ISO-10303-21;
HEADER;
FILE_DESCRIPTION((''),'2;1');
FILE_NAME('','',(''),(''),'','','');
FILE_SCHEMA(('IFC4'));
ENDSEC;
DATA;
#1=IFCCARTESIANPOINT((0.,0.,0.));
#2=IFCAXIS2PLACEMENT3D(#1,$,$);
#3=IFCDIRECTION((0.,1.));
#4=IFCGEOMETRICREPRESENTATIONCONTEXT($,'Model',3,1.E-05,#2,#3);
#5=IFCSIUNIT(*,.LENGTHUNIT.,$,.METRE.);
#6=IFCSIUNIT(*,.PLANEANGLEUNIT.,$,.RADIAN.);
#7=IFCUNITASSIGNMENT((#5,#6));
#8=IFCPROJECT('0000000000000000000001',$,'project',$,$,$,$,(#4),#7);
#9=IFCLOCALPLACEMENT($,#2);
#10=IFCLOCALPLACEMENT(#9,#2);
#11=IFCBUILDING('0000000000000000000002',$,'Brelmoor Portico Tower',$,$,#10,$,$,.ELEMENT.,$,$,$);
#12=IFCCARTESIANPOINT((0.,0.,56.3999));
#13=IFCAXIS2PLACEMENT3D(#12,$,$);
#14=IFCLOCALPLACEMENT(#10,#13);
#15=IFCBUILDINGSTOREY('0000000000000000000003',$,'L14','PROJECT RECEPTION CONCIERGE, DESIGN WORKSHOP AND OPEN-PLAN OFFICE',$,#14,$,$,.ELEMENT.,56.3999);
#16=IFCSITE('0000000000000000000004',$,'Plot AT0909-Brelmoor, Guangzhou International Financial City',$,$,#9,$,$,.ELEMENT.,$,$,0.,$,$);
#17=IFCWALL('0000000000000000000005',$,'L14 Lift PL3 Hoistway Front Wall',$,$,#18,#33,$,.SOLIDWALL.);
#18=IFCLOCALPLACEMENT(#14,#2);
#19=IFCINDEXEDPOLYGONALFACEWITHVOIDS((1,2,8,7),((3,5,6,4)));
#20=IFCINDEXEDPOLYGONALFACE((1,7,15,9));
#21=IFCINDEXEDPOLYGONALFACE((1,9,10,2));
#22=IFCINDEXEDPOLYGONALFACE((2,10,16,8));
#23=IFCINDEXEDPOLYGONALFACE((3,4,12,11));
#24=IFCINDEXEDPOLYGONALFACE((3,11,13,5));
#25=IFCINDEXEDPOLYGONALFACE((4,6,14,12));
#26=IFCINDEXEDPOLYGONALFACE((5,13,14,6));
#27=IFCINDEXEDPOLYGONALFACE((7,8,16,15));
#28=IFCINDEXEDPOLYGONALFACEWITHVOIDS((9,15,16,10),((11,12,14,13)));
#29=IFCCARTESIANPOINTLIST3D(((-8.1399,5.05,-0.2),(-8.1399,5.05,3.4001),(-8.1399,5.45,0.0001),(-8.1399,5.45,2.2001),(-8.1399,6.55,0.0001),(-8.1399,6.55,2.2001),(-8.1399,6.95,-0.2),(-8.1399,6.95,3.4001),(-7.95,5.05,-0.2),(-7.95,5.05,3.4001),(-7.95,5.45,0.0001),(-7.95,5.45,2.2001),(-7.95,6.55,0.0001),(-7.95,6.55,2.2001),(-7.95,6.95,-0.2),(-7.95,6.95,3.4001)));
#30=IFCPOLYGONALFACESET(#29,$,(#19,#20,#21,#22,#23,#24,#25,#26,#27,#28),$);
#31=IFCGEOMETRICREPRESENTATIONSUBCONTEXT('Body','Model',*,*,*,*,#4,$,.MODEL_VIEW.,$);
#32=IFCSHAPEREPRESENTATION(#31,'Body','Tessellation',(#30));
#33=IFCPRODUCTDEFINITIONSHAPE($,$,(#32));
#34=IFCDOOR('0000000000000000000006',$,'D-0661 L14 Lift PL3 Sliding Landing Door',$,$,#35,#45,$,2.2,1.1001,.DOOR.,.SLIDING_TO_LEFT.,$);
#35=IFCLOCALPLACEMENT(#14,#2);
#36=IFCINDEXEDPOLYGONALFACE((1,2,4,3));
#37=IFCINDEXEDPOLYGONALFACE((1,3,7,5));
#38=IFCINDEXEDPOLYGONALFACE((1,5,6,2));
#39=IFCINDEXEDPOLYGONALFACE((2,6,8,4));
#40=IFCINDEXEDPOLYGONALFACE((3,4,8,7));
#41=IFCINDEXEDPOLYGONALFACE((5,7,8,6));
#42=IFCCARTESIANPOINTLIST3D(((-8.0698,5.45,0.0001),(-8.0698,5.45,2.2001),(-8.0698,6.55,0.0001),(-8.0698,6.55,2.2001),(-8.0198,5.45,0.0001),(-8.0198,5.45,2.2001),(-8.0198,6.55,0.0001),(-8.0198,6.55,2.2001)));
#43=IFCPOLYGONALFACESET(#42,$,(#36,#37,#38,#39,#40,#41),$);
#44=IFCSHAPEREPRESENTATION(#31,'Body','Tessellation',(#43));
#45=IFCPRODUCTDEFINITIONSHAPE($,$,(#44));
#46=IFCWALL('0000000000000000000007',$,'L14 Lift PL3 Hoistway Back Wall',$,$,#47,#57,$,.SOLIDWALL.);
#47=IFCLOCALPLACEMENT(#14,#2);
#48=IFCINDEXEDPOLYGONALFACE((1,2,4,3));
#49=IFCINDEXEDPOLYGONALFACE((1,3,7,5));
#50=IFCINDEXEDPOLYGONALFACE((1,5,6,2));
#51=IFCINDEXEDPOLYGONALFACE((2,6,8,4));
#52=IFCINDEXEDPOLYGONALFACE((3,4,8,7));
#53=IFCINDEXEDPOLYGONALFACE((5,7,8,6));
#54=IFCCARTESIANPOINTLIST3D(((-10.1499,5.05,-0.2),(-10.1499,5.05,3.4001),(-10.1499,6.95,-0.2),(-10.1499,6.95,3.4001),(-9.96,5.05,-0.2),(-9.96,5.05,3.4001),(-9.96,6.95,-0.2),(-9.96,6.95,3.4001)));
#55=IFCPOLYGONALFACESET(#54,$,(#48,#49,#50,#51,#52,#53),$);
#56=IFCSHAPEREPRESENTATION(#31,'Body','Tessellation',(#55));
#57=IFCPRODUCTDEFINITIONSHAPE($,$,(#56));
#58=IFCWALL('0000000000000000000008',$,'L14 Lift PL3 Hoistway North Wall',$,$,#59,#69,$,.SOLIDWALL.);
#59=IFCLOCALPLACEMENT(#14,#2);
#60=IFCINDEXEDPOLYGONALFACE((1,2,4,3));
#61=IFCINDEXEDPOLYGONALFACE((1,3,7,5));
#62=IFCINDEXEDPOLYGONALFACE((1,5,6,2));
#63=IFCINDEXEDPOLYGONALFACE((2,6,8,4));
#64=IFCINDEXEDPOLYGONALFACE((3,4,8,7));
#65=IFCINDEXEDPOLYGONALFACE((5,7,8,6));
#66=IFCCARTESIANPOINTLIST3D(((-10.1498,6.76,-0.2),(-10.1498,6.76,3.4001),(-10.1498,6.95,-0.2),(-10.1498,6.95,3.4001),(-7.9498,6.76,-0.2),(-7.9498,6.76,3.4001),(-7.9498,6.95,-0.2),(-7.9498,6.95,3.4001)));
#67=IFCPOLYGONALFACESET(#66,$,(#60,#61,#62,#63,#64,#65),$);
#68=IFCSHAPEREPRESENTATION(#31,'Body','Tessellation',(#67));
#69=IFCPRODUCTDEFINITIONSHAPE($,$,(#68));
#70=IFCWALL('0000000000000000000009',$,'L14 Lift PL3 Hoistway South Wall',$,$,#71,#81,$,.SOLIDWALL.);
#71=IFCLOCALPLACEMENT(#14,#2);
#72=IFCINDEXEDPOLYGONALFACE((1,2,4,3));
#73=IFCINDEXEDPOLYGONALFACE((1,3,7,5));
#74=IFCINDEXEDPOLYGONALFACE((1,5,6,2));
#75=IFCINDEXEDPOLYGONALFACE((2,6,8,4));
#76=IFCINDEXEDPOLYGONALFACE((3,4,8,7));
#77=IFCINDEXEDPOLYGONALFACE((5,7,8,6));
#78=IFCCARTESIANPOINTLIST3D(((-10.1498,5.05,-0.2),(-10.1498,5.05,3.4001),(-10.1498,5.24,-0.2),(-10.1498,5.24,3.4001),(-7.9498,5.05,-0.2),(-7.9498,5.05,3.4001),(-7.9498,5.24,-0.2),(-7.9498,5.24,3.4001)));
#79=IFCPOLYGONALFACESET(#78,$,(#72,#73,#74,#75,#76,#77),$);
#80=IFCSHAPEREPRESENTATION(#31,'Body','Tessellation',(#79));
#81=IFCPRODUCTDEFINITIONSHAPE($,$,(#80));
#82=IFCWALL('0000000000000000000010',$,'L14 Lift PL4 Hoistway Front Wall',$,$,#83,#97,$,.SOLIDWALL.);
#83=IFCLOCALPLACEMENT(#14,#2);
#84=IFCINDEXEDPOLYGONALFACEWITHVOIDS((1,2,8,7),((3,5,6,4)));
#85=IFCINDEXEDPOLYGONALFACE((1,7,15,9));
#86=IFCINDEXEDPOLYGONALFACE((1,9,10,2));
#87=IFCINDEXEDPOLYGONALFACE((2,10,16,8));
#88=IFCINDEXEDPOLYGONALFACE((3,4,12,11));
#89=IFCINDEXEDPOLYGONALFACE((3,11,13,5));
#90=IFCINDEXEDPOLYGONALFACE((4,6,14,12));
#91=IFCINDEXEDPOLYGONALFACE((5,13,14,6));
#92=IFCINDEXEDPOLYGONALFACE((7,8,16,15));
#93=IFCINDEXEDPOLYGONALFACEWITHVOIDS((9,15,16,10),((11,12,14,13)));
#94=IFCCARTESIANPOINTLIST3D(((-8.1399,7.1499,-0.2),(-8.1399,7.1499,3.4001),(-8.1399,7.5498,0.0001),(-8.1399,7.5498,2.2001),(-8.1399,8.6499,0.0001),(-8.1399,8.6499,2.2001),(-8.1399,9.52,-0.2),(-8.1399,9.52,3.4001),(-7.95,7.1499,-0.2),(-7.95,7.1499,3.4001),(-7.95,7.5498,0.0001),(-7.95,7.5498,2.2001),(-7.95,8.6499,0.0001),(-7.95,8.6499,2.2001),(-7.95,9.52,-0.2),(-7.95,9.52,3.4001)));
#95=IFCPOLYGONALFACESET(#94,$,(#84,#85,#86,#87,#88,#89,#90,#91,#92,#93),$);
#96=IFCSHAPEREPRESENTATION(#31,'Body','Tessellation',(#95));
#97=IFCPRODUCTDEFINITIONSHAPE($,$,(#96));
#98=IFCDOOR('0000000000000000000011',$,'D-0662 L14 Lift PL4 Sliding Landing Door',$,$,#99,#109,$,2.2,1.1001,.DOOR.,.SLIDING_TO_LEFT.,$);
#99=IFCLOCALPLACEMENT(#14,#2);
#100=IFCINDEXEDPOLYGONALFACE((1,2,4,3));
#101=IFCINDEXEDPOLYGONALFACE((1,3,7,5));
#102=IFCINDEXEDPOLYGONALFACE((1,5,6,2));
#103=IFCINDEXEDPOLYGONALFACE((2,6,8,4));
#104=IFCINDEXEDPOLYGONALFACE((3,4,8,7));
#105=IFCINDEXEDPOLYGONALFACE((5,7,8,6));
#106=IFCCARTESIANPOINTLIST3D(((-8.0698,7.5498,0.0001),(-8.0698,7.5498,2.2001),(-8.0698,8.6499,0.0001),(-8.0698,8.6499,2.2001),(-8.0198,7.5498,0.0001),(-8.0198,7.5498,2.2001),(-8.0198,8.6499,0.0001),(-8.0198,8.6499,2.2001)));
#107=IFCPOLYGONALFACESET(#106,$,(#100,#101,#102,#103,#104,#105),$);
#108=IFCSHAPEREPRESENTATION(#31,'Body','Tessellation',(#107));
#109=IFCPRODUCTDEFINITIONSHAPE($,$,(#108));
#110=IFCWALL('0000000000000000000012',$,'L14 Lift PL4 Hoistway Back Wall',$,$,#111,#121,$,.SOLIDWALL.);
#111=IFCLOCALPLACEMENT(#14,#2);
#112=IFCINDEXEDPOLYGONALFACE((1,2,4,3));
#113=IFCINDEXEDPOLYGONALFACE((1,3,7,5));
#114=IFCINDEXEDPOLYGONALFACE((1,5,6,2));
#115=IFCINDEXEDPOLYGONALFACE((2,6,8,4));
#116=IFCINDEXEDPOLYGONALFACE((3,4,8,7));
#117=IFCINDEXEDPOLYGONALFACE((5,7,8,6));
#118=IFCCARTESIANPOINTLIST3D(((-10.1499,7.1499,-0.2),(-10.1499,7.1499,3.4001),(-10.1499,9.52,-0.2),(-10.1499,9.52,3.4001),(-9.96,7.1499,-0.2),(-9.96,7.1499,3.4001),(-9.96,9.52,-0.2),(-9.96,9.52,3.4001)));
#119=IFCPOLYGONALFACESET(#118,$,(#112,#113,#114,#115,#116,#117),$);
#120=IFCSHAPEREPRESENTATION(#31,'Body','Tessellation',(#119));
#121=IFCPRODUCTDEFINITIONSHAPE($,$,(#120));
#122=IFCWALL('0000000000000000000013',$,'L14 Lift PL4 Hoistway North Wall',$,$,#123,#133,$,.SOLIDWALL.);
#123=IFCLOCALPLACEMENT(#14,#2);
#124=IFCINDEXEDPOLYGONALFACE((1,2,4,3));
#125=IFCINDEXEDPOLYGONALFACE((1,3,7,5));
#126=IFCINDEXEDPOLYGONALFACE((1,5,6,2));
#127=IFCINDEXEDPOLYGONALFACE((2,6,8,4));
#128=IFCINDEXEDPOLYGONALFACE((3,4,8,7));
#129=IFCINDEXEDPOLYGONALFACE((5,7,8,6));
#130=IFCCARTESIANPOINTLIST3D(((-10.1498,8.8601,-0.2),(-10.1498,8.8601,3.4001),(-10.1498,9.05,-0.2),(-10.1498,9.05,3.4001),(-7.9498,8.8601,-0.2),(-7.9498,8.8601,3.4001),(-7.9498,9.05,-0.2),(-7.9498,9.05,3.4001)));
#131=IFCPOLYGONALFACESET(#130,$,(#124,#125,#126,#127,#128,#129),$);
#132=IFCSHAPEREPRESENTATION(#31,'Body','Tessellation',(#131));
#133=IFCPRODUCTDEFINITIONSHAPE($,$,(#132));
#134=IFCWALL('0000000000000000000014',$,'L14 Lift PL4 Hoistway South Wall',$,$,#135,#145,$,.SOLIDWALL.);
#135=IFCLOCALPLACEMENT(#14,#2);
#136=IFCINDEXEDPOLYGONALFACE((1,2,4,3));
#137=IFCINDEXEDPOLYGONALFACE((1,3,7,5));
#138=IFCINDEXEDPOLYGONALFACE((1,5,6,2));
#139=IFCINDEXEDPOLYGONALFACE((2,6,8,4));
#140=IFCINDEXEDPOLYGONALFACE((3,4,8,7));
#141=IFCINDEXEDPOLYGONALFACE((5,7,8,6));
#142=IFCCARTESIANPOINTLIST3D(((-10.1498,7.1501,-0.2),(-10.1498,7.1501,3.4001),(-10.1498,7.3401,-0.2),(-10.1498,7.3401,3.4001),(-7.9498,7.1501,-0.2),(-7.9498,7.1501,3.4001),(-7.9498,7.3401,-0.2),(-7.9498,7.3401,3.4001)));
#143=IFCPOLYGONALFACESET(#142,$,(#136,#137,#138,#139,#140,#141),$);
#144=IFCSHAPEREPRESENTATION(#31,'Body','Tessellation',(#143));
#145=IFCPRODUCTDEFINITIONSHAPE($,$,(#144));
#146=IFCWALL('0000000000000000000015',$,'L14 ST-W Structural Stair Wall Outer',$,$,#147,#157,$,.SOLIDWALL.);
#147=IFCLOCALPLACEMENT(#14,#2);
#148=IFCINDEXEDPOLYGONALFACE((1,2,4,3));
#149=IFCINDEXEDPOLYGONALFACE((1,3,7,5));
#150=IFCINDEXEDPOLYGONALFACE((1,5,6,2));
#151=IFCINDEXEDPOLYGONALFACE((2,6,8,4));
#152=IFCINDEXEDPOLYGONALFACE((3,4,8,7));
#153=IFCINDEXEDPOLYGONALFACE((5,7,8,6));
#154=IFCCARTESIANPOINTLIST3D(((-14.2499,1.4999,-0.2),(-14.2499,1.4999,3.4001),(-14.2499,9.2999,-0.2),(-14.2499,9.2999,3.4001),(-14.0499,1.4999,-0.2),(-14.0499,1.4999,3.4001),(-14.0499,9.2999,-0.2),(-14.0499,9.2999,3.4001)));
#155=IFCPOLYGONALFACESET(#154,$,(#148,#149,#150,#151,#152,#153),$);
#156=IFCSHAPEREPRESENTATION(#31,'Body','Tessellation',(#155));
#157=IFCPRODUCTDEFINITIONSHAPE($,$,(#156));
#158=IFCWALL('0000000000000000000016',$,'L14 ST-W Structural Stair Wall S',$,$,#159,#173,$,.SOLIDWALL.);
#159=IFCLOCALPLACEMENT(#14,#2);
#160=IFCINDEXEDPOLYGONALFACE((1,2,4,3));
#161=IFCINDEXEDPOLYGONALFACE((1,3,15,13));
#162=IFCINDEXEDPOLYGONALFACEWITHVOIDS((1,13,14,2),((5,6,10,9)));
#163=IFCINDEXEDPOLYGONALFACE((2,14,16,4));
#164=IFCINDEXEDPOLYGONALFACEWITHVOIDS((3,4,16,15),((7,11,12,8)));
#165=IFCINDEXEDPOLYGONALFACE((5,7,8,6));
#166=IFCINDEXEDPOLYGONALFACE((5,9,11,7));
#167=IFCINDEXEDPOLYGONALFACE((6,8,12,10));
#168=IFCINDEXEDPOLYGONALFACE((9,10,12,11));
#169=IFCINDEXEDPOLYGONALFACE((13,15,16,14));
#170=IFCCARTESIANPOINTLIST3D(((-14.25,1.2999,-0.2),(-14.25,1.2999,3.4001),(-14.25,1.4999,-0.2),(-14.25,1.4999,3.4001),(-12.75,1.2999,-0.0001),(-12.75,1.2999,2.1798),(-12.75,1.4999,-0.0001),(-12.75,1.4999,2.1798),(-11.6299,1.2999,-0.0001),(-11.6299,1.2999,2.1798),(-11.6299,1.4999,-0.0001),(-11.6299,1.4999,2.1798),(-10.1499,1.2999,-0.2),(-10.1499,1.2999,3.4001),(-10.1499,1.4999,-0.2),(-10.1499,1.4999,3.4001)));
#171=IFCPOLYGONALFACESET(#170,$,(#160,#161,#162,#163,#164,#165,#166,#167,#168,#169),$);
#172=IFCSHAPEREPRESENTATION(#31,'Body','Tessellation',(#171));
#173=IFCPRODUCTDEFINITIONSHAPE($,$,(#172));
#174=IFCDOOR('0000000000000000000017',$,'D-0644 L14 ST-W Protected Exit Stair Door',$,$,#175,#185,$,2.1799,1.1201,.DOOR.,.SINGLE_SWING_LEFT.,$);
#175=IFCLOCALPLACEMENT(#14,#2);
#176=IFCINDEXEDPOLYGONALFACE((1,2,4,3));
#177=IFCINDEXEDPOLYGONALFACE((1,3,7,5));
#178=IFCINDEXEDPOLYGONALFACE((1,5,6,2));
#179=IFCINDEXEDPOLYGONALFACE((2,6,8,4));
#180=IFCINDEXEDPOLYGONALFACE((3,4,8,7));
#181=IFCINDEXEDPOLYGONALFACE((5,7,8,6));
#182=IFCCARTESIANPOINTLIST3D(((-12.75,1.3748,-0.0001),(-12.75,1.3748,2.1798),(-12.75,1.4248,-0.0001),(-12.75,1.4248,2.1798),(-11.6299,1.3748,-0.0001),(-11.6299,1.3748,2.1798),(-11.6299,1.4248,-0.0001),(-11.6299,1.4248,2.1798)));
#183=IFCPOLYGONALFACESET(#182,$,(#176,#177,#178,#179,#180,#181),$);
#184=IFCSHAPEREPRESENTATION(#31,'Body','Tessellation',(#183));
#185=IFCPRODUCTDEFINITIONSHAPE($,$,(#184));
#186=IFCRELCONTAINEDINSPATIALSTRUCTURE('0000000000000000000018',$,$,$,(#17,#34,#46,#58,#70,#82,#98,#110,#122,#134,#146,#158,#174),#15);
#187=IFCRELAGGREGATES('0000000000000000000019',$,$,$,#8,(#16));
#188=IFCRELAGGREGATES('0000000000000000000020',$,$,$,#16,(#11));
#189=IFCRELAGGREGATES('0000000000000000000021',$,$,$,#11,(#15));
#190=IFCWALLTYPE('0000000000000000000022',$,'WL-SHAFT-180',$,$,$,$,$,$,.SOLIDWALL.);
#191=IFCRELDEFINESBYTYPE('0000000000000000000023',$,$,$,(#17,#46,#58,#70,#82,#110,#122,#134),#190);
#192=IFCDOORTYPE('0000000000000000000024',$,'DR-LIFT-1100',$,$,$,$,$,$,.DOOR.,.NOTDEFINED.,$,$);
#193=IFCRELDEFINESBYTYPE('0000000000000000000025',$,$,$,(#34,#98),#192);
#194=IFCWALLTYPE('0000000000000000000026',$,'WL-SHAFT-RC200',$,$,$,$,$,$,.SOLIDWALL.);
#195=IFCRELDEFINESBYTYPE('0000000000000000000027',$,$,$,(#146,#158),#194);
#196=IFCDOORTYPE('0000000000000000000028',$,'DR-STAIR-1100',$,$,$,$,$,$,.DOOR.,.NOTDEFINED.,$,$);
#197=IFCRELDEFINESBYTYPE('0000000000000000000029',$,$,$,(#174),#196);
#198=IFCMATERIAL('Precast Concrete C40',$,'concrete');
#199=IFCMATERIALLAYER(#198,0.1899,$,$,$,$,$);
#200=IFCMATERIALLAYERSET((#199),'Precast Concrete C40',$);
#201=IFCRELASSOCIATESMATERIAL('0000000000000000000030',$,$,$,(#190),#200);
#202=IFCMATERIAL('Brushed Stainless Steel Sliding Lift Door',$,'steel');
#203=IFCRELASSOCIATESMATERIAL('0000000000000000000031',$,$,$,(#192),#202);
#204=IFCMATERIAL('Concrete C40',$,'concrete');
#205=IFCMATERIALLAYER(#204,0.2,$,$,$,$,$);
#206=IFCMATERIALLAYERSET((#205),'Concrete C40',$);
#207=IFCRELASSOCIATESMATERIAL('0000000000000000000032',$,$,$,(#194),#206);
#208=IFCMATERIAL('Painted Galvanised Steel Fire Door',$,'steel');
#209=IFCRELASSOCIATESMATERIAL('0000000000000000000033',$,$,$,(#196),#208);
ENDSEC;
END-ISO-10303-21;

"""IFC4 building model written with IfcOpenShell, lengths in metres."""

from ifc_helpers import new_model, si_unit, direction, frame, frame_2d, origin, place, context, subcontext, project, spatial, rectangle, extrude, material, layer, layer_set, type_object, element, fill, save


model = new_model("IFC4")

# Units and contexts
model_context = context("Model", 3, precision=1e-05, world=origin(), true_north=direction((0.0, 1.0)))
body_context = subcontext(model_context, "Body", "Model", "MODEL_VIEW")
ifc_project = project(units=[si_unit("LENGTHUNIT", "METRE"), si_unit("PLANEANGLEUNIT", "RADIAN")], contexts=[model_context])

# Site, building, storey
site_placement = place(None, origin())
site = spatial("IfcSite", under=ifc_project, at=site_placement, Name="Plot AT0909-Brelmoor, Guangzhou International Financial City", CompositionType="ELEMENT", RefElevation=0.0)
building_placement = place(site_placement, origin())
building = spatial("IfcBuilding", under=site, at=building_placement, Name="Brelmoor Portico Tower", CompositionType="ELEMENT")
storey_placement = place(building_placement, frame((0.0, 0.0, 56.3999)))
storey = spatial("IfcBuildingStorey", under=building, at=storey_placement, Name="L14", Description="PROJECT RECEPTION CONCIERGE, DESIGN WORKSHOP AND OPEN-PLAN OFFICE", CompositionType="ELEMENT", Elevation=56.3999)

# Shared definitions
ifc_material_1 = material(Name="Precast Concrete C40", Category="concrete")
ifc_layer_1 = layer(ifc_material_1, 0.1899)
ifc_layer_set_1 = layer_set([ifc_layer_1], Name="Precast Concrete C40")
wall_type_1 = type_object("IfcWallType", Name="WL-SHAFT-180", PredefinedType="SOLIDWALL", material=ifc_layer_set_1)

# Shared definitions
ifc_material_2 = material(Name="Brushed Stainless Steel Sliding Lift Door", Category="steel")
door_type_1 = type_object("IfcDoorType", Name="DR-LIFT-1100", OperationType="NOTDEFINED", PredefinedType="DOOR", material=ifc_material_2)

# Wall, opening, door
wall_1_placement = place(storey_placement, frame((-8.0449, 5.05, -0.2), z_axis=(0.0, 0.0, 1.0), x_axis=(0.0, 1.0, 0.0)))
wall_1 = element("IfcWall", 1, at=wall_1_placement, inside=storey, type_object=wall_type_1, Name="L14 Lift PL3 Hoistway Front Wall", PredefinedType="SOLIDWALL", context=body_context, shape_type="SweptSolid", body=[
    extrude(rectangle(XDim=1.8999, YDim=0.1899, at=frame_2d((0.95, 0.0))), origin(), (0.0, 0.0, 1.0), 3.6001),
])
opening_1_placement = place(wall_1_placement, frame((0.3999, 0.0, 0.2)))
opening_1 = element("IfcOpeningElement", 2, at=opening_1_placement, cuts=wall_1, PredefinedType="OPENING", context=body_context, shape_type="SweptSolid", body=[
    extrude(rectangle(XDim=1.1001, YDim=2.2, at=frame_2d((0.55, 1.1001))), frame((0.0, 0.105, 0.0), z_axis=(0.0, -1.0, 0.0), x_axis=(1.0, 0.0, 0.0)), (0.0, 0.0, 1.0), 0.21),
])
door_1_placement = place(opening_1_placement, origin())
door_1 = element("IfcDoor", 3, at=door_1_placement, inside=storey, type_object=door_type_1, Name="D-0661 L14 Lift PL3 Sliding Landing Door", OperationType="SLIDING_TO_LEFT", OverallHeight=2.2, OverallWidth=1.1001, PredefinedType="DOOR", context=body_context, shape_type="SweptSolid", body=[
    extrude(rectangle(XDim=1.1001, YDim=2.2, at=frame_2d((0.55, 1.1001))), frame((0.0, 0.0249, 0.0), z_axis=(0.0, -1.0, 0.0), x_axis=(1.0, 0.0, 0.0)), (0.0, 0.0, 1.0), 0.05),
])
fill(opening_1, door_1)

# Walls
wall_2_placement = place(storey_placement, frame((-10.0549, 5.05, -0.2), z_axis=(0.0, 0.0, 1.0), x_axis=(0.0, 1.0, 0.0)))
element("IfcWall", 4, at=wall_2_placement, inside=storey, type_object=wall_type_1, Name="L14 Lift PL3 Hoistway Back Wall", PredefinedType="SOLIDWALL", context=body_context, shape_type="SweptSolid", body=[
    extrude(rectangle(XDim=1.8999, YDim=0.1899, at=frame_2d((0.95, 0.0))), origin(), (0.0, 0.0, 1.0), 3.6001),
])
for number, where, z_axis, x_axis, name in (
    (5, (-10.1499, 6.855, -0.2), (0.0, 0.0, 1.0), (1.0, 0.0, 0.0), "L14 Lift PL3 Hoistway North Wall"),
    (6, (-10.1499, 5.145, -0.2), (0.0, 0.0, 1.0), (1.0, 0.0, 0.0), "L14 Lift PL3 Hoistway South Wall"),
):
    element("IfcWall", number, at=place(storey_placement, frame(where, z_axis=z_axis, x_axis=x_axis)), inside=storey, type_object=wall_type_1, Name=name, PredefinedType="SOLIDWALL", context=body_context, shape_type="SweptSolid", body=[
        extrude(rectangle(XDim=2.2, YDim=0.1899, at=frame_2d((1.1001, 0.0))), origin(), (0.0, 0.0, 1.0), 3.6001),
    ])

# Wall, opening, door
wall_3_placement = place(storey_placement, frame((-8.0449, 7.1499, -0.2), z_axis=(0.0, 0.0, 1.0), x_axis=(0.0, 1.0, 0.0)))
wall_3 = element("IfcWall", 7, at=wall_3_placement, inside=storey, type_object=wall_type_1, Name="L14 Lift PL4 Hoistway Front Wall", PredefinedType="SOLIDWALL", context=body_context, shape_type="SweptSolid", body=[
    extrude(rectangle(XDim=2.3701, YDim=0.1899, at=frame_2d((1.1851, 0.0))), origin(), (0.0, 0.0, 1.0), 3.6001),
])
opening_2_placement = place(wall_3_placement, frame((0.3999, 0.0, 0.2)))
opening_2 = element("IfcOpeningElement", 8, at=opening_2_placement, cuts=wall_3, PredefinedType="OPENING", context=body_context, shape_type="SweptSolid", body=[
    extrude(rectangle(XDim=1.1001, YDim=2.2, at=frame_2d((0.55, 1.1001))), frame((0.0, 0.105, 0.0), z_axis=(0.0, -1.0, 0.0), x_axis=(1.0, 0.0, 0.0)), (0.0, 0.0, 1.0), 0.21),
])
door_2_placement = place(opening_2_placement, origin())
door_2 = element("IfcDoor", 9, at=door_2_placement, inside=storey, type_object=door_type_1, Name="D-0662 L14 Lift PL4 Sliding Landing Door", OperationType="SLIDING_TO_LEFT", OverallHeight=2.2, OverallWidth=1.1001, PredefinedType="DOOR", context=body_context, shape_type="SweptSolid", body=[
    extrude(rectangle(XDim=1.1001, YDim=2.2, at=frame_2d((0.55, 1.1001))), frame((0.0, 0.0249, 0.0), z_axis=(0.0, -1.0, 0.0), x_axis=(1.0, 0.0, 0.0)), (0.0, 0.0, 1.0), 0.05),
])
fill(opening_2, door_2)

# Walls
wall_4_placement = place(storey_placement, frame((-10.0549, 7.1499, -0.2), z_axis=(0.0, 0.0, 1.0), x_axis=(0.0, 1.0, 0.0)))
element("IfcWall", 10, at=wall_4_placement, inside=storey, type_object=wall_type_1, Name="L14 Lift PL4 Hoistway Back Wall", PredefinedType="SOLIDWALL", context=body_context, shape_type="SweptSolid", body=[
    extrude(rectangle(XDim=2.3701, YDim=0.1899, at=frame_2d((1.1851, 0.0))), origin(), (0.0, 0.0, 1.0), 3.6001),
])
for number, where, z_axis, x_axis, name in (
    (11, (-10.1499, 8.9551, -0.2), (0.0, 0.0, 1.0), (1.0, 0.0, 0.0), "L14 Lift PL4 Hoistway North Wall"),
    (12, (-10.1499, 7.2451, -0.2), (0.0, 0.0, 1.0), (1.0, 0.0, 0.0), "L14 Lift PL4 Hoistway South Wall"),
):
    element("IfcWall", number, at=place(storey_placement, frame(where, z_axis=z_axis, x_axis=x_axis)), inside=storey, type_object=wall_type_1, Name=name, PredefinedType="SOLIDWALL", context=body_context, shape_type="SweptSolid", body=[
        extrude(rectangle(XDim=2.2, YDim=0.1899, at=frame_2d((1.1001, 0.0))), origin(), (0.0, 0.0, 1.0), 3.6001),
    ])
ifc_material_3 = material(Name="Concrete C40", Category="concrete")
ifc_layer_2 = layer(ifc_material_3, 0.2)
ifc_layer_set_2 = layer_set([ifc_layer_2], Name="Concrete C40")
wall_type_2 = type_object("IfcWallType", Name="WL-SHAFT-RC200", PredefinedType="SOLIDWALL", material=ifc_layer_set_2)
wall_5_placement = place(storey_placement, frame((-14.1499, 1.5, -0.2), z_axis=(0.0, 0.0, 1.0), x_axis=(0.0, 1.0, 0.0)))
element("IfcWall", 13, at=wall_5_placement, inside=storey, type_object=wall_type_2, Name="L14 ST-W Structural Stair Wall Outer", PredefinedType="SOLIDWALL", context=body_context, shape_type="SweptSolid", body=[
    extrude(rectangle(XDim=7.8, YDim=0.2, at=frame_2d((3.8999, 0.0))), origin(), (0.0, 0.0, 1.0), 3.6001),
])

# Wall, opening, door
wall_6_placement = place(storey_placement, frame((-14.25, 1.3999, -0.2), z_axis=(0.0, 0.0, 1.0), x_axis=(1.0, 0.0, 0.0)))
wall_6 = element("IfcWall", 14, at=wall_6_placement, inside=storey, type_object=wall_type_2, Name="L14 ST-W Structural Stair Wall S", PredefinedType="SOLIDWALL", context=body_context, shape_type="SweptSolid", body=[
    extrude(rectangle(XDim=4.1001, YDim=0.2, at=frame_2d((2.05, 0.0))), origin(), (0.0, 0.0, 1.0), 3.6001),
])
opening_3_placement = place(wall_6_placement, frame((1.5, 0.0, 0.2)))
opening_3 = element("IfcOpeningElement", 15, at=opening_3_placement, cuts=wall_6, PredefinedType="OPENING", context=body_context, shape_type="SweptSolid", body=[
    extrude(rectangle(XDim=1.1201, YDim=2.1799, at=frame_2d((0.5601, 1.0898))), frame((0.0, 0.1099, 0.0), z_axis=(0.0, -1.0, 0.0), x_axis=(1.0, 0.0, 0.0)), (0.0, 0.0, 1.0), 0.22),
])
ifc_material_4 = material(Name="Painted Galvanised Steel Fire Door", Category="steel")
door_type_2 = type_object("IfcDoorType", Name="DR-STAIR-1100", OperationType="NOTDEFINED", PredefinedType="DOOR", material=ifc_material_4)
door_3_placement = place(opening_3_placement, origin())
door_3 = element("IfcDoor", 16, at=door_3_placement, inside=storey, type_object=door_type_2, Name="D-0644 L14 ST-W Protected Exit Stair Door", OperationType="SINGLE_SWING_LEFT", OverallHeight=2.1799, OverallWidth=1.1201, PredefinedType="DOOR", context=body_context, shape_type="SweptSolid", body=[
    extrude(rectangle(XDim=1.1201, YDim=2.1799, at=frame_2d((0.5601, 1.0898))), frame((0.0, 0.0249, 0.0), z_axis=(0.0, -1.0, 0.0), x_axis=(1.0, 0.0, 0.0)), (0.0, 0.0, 1.0), 0.05),
])
fill(opening_3, door_3)

save(model, "model.ifc")
